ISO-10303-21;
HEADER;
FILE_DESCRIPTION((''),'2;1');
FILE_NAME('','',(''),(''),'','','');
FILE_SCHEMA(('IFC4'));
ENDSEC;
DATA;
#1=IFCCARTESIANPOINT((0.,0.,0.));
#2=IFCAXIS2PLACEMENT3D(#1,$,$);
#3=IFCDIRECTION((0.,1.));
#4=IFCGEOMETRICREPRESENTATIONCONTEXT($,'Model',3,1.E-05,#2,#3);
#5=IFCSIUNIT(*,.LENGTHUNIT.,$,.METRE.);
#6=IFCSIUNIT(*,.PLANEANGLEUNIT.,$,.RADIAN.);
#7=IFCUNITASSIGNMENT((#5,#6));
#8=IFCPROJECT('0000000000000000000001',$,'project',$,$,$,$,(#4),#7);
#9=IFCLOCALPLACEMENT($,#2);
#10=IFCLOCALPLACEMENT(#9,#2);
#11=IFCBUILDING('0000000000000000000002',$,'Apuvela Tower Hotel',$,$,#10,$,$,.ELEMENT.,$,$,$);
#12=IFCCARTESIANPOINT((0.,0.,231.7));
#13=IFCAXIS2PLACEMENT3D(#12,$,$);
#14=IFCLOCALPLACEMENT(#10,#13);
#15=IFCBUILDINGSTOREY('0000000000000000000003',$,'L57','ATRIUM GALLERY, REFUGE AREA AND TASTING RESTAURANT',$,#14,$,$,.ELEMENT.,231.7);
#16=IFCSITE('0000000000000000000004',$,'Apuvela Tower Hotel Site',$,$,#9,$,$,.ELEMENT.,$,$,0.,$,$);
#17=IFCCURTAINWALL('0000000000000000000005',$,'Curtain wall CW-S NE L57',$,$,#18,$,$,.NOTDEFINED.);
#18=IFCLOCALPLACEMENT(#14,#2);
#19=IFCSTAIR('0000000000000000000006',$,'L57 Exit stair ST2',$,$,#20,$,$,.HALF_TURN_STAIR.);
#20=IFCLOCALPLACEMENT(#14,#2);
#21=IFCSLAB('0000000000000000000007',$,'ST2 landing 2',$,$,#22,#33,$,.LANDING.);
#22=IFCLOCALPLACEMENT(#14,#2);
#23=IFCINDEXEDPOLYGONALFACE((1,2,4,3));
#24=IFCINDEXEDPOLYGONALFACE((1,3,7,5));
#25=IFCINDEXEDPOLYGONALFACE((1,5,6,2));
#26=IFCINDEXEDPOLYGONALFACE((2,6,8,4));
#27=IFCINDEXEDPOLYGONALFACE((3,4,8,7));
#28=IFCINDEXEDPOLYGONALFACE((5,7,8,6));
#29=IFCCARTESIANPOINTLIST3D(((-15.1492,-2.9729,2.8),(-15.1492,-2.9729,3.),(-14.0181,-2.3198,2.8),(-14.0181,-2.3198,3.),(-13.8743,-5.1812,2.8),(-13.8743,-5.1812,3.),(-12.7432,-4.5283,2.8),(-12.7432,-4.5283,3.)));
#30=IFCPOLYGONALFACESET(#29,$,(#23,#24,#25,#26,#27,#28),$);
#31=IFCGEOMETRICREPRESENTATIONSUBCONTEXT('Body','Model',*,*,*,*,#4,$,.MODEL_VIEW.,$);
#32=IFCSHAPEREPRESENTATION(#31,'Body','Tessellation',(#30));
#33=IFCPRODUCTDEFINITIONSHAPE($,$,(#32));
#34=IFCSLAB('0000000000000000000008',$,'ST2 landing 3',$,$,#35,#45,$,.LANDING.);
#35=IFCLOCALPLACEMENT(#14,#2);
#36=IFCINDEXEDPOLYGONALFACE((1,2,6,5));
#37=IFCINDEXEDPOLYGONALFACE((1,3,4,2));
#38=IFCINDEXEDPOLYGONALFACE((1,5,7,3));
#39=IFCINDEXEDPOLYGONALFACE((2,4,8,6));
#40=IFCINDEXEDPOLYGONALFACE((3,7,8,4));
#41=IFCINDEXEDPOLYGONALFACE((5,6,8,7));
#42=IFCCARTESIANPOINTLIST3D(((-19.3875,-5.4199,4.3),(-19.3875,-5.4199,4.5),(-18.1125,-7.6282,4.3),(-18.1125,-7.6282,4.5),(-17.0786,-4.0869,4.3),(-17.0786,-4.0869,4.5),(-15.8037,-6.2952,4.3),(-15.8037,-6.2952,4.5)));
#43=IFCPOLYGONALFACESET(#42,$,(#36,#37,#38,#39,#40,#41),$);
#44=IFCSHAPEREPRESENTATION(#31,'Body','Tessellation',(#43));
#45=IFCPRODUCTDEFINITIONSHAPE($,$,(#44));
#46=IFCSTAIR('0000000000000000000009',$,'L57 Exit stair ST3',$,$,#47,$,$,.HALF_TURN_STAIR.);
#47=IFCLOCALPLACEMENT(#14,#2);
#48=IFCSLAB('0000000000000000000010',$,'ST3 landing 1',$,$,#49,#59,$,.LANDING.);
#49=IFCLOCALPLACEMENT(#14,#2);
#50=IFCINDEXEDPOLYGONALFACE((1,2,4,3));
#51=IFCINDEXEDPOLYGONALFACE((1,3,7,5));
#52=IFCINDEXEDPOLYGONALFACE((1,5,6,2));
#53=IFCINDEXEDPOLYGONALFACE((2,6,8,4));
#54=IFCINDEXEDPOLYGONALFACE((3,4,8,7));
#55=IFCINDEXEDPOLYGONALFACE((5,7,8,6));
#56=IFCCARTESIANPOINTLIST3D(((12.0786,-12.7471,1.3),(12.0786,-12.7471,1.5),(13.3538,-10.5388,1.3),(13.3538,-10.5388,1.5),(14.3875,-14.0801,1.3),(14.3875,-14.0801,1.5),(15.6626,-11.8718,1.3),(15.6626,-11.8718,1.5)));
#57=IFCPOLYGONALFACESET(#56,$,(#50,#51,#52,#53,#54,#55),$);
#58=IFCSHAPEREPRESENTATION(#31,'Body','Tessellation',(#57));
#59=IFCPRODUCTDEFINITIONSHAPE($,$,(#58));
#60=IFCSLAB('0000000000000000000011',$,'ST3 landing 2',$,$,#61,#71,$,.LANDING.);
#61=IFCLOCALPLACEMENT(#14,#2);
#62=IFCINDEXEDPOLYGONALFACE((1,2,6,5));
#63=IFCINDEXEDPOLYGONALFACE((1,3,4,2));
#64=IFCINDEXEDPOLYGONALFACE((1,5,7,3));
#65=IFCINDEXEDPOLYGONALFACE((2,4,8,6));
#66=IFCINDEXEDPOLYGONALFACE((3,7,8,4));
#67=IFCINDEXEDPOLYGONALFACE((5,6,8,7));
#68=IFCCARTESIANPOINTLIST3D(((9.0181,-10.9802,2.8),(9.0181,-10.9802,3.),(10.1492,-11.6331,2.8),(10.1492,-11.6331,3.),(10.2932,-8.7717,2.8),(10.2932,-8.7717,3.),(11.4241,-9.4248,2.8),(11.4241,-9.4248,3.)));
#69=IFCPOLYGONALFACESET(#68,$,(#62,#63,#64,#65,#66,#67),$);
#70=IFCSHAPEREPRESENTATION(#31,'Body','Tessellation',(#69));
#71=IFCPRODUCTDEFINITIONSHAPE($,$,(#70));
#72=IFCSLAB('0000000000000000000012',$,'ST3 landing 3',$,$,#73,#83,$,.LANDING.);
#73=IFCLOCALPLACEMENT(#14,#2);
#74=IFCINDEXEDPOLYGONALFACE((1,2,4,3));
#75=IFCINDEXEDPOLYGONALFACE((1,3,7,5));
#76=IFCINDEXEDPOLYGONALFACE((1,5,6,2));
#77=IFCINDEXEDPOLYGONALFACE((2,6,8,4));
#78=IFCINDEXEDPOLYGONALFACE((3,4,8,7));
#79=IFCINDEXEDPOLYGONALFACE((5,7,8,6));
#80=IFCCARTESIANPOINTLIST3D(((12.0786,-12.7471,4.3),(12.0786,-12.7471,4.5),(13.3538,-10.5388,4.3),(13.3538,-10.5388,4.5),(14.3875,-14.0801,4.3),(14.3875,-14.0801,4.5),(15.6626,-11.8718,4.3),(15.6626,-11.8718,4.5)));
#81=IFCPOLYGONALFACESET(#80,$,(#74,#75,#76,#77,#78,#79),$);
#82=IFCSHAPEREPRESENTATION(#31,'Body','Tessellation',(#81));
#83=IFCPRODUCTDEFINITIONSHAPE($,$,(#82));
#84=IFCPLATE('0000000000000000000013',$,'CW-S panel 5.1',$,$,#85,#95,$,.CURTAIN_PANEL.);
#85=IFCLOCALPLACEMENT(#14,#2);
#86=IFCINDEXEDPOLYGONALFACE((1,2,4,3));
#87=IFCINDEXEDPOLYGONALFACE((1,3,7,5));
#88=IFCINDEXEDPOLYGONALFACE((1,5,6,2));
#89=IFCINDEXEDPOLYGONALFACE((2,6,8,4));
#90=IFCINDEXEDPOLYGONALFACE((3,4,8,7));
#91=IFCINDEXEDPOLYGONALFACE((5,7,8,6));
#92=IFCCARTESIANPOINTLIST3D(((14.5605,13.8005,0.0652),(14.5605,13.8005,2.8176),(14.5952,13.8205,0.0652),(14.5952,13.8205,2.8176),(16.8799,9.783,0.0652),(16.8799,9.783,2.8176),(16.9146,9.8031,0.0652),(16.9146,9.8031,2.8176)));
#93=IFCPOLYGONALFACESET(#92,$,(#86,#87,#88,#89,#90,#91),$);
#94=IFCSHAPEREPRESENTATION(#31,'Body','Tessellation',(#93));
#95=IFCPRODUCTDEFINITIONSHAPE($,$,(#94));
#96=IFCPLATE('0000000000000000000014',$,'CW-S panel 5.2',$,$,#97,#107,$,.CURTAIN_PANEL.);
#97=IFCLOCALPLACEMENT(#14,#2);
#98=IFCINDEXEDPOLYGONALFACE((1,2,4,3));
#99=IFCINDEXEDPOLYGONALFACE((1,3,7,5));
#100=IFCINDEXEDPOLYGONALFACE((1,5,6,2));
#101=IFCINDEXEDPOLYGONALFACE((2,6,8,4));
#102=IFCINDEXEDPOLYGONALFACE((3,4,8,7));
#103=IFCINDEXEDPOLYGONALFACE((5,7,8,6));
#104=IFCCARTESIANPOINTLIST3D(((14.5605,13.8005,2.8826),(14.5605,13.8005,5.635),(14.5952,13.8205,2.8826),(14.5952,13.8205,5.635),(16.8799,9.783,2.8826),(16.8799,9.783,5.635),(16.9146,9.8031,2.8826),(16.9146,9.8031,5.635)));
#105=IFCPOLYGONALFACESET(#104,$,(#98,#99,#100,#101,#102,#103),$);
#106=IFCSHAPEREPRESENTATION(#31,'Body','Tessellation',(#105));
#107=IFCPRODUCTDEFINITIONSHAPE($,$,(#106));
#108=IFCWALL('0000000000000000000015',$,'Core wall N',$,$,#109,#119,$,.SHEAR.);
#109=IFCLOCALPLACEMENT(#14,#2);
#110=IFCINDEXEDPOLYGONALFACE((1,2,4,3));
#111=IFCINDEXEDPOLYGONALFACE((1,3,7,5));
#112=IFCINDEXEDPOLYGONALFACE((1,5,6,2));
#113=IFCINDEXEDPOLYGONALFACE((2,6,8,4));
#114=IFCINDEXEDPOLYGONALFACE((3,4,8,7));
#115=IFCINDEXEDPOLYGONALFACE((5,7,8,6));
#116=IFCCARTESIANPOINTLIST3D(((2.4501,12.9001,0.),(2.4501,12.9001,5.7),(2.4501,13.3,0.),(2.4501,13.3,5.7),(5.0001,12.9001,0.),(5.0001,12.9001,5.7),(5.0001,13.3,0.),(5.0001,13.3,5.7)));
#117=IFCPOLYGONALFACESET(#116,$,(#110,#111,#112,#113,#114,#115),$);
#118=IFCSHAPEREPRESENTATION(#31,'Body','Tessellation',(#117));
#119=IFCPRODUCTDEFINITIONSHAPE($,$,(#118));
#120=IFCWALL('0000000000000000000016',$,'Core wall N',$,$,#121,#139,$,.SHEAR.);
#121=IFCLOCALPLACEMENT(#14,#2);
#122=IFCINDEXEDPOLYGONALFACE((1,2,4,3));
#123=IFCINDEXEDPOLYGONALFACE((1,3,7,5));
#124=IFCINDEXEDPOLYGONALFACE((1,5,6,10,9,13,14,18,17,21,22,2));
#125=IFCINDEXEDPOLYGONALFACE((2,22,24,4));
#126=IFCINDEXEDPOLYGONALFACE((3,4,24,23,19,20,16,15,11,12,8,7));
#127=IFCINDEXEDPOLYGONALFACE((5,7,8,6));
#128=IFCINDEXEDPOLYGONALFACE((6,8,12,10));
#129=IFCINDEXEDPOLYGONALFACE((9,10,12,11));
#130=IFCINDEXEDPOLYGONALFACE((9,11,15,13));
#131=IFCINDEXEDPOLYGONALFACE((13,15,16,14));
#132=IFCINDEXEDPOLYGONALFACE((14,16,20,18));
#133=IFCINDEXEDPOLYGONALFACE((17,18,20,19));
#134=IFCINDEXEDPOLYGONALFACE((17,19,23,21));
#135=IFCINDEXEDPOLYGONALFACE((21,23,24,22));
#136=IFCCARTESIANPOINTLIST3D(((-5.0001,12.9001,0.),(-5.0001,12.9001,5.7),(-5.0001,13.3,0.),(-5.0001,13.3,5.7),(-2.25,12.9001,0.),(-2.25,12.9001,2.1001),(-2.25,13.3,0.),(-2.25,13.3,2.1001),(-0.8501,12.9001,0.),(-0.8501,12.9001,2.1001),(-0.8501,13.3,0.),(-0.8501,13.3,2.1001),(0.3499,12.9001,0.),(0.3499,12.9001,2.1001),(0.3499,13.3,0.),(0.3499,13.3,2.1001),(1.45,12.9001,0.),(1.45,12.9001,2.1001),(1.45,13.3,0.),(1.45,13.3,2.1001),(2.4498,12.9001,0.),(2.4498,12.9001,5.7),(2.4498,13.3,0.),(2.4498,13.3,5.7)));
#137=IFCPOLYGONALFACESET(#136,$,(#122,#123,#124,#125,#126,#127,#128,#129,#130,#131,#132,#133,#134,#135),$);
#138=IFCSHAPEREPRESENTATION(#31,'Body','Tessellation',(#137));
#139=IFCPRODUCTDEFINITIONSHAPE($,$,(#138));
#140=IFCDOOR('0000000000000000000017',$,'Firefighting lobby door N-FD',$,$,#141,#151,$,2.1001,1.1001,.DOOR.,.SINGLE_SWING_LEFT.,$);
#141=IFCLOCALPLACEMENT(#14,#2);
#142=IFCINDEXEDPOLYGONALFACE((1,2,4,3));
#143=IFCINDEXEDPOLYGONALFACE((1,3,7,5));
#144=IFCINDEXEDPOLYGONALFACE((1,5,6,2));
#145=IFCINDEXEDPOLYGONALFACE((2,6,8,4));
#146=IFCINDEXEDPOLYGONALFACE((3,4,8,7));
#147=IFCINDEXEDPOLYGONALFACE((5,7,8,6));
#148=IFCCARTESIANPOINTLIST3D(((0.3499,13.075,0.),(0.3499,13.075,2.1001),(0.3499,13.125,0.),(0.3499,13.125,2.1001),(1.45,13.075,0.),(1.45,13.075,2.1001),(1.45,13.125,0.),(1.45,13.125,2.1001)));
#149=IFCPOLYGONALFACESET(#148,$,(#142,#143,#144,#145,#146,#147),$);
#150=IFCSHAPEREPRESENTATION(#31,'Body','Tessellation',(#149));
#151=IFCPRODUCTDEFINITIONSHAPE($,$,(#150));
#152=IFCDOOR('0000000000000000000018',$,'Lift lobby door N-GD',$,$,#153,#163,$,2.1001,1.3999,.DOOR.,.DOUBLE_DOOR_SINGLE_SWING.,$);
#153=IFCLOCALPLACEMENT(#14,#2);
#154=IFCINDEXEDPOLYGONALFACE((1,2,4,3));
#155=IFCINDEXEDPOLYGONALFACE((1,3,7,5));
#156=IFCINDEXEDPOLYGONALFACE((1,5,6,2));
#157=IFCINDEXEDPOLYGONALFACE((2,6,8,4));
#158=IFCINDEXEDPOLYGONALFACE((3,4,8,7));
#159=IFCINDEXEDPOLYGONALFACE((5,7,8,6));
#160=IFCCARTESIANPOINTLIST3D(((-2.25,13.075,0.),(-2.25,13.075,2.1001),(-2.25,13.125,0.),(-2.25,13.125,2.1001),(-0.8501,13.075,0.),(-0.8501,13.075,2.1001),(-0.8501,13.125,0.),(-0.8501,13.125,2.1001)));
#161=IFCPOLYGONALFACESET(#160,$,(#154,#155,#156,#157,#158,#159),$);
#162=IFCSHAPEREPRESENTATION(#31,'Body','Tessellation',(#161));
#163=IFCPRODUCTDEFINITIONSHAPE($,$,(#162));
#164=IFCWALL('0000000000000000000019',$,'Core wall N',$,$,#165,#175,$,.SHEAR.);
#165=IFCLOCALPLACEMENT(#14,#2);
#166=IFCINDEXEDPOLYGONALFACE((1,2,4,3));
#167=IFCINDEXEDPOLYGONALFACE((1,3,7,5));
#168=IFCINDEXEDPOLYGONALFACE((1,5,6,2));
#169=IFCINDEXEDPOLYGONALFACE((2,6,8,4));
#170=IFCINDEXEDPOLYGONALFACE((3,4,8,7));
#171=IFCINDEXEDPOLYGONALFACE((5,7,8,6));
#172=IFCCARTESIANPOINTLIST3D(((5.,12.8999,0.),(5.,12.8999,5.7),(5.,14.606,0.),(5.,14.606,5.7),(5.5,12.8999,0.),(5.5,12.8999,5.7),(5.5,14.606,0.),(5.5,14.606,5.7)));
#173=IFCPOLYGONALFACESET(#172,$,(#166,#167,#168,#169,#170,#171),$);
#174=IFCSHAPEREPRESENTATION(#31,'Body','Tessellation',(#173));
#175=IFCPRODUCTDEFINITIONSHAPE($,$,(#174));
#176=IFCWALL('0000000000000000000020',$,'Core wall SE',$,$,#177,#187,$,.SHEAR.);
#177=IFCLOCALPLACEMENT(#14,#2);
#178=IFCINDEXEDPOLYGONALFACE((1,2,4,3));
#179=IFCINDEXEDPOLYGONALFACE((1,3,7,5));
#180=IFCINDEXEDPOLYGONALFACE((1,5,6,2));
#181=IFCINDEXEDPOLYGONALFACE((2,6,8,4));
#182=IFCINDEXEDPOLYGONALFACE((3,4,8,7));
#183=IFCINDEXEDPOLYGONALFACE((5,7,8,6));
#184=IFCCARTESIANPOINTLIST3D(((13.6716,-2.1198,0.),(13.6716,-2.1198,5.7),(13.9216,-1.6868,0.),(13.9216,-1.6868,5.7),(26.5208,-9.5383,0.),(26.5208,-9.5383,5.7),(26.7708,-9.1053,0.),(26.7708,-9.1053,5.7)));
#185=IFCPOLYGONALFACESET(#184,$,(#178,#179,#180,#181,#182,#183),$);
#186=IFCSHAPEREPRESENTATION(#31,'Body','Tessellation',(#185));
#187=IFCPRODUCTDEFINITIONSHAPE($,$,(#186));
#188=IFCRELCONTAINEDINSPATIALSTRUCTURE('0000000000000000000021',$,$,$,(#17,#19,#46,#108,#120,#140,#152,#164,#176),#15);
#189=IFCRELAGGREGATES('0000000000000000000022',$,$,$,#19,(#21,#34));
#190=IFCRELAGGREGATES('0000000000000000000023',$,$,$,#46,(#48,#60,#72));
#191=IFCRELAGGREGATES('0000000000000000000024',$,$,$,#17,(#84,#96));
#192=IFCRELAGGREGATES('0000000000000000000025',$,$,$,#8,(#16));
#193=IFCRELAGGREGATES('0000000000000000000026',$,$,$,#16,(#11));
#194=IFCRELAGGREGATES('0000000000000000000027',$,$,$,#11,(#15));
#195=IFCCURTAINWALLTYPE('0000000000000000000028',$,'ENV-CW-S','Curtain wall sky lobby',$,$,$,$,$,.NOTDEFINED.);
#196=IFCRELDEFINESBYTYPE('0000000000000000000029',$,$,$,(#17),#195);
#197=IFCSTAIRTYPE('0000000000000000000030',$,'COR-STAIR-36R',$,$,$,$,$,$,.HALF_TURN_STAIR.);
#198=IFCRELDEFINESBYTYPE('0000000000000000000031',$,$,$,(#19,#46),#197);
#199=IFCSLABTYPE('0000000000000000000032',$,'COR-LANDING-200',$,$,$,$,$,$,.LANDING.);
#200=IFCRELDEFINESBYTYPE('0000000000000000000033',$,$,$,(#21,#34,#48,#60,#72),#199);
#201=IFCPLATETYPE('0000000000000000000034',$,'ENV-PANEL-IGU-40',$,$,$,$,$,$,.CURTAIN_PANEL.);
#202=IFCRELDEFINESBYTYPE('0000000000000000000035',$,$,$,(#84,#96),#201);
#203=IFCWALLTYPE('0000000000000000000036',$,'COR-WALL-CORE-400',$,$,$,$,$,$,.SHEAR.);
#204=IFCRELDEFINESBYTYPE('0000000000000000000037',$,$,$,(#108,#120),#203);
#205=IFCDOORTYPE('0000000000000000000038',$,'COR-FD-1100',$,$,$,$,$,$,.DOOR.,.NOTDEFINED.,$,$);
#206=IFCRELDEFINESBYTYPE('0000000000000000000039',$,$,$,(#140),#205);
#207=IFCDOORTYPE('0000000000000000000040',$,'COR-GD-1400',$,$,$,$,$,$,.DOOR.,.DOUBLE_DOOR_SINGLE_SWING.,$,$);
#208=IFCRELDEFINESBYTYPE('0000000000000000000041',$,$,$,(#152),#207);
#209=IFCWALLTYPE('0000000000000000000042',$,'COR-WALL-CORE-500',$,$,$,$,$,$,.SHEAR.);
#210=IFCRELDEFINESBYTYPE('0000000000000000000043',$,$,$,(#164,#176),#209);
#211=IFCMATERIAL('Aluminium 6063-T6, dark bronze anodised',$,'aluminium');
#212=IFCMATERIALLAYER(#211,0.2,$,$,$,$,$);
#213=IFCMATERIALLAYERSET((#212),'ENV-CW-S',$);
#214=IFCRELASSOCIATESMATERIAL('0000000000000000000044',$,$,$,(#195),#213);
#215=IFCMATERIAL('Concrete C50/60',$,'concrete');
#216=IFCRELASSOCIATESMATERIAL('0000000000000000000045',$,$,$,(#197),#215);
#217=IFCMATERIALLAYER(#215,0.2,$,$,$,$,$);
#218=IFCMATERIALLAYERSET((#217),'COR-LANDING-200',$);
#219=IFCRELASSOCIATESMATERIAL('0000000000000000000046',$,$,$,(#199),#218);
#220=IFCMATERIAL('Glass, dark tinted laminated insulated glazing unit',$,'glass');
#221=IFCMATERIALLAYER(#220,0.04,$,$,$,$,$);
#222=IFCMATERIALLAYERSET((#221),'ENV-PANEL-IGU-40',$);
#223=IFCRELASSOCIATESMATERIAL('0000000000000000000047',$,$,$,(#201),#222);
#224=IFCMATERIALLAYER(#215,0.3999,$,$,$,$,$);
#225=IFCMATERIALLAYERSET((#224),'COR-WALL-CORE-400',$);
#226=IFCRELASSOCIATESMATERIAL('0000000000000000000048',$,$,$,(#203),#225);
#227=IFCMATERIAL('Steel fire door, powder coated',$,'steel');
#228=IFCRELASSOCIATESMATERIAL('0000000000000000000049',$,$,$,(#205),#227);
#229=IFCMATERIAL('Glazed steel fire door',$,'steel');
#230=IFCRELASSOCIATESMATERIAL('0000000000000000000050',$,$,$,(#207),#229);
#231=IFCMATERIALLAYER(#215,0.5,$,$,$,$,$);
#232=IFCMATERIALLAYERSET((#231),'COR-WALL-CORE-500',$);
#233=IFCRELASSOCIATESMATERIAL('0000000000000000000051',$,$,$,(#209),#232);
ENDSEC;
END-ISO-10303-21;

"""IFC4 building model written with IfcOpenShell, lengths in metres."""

from ifc_helpers import new_model, si_unit, direction, frame, frame_2d, origin, origin_2d, place, context, subcontext, project, spatial, polyline, rectangle, outline, extrude, material, layer, layer_set, type_object, element, fill, aggregate, save


model = new_model("IFC4")

# Units and contexts
model_context = context("Model", 3, precision=1e-05, world=origin(), true_north=direction((0.0, 1.0)))
body_context = subcontext(model_context, "Body", "Model", "MODEL_VIEW")
ifc_project = project(units=[si_unit("LENGTHUNIT", "METRE"), si_unit("PLANEANGLEUNIT", "RADIAN")], contexts=[model_context])

# Site, building, storey
site_placement = place(None, origin())
site = spatial("IfcSite", under=ifc_project, at=site_placement, Name="Apuvela Tower Hotel Site", CompositionType="ELEMENT", RefElevation=0.0)
building_placement = place(site_placement, origin())
building = spatial("IfcBuilding", under=site, at=building_placement, Name="Apuvela Tower Hotel", CompositionType="ELEMENT")
storey_placement = place(building_placement, frame((0.0, 0.0, 231.7)))
storey = spatial("IfcBuildingStorey", under=building, at=storey_placement, Name="L57", Description="ATRIUM GALLERY, REFUGE AREA AND TASTING RESTAURANT", CompositionType="ELEMENT", Elevation=231.7)

# Curtain wall
ifc_material_1 = material(Name="Aluminium 6063-T6, dark bronze anodised", Category="aluminium")
ifc_layer_1 = layer(ifc_material_1, 0.2)
ifc_layer_set_1 = layer_set([ifc_layer_1], Name="ENV-CW-S")
curtain_wall_type = type_object("IfcCurtainWallType", Name="ENV-CW-S", Description="Curtain wall sky lobby", PredefinedType="NOTDEFINED", material=ifc_layer_set_1)
curtain_wall_placement = place(storey_placement, origin())
curtain_wall = element("IfcCurtainWall", 1, at=curtain_wall_placement, inside=storey, type_object=curtain_wall_type, Name="Curtain wall CW-S NE L57", PredefinedType="NOTDEFINED")

# Shared definitions
ifc_material_2 = material(Name="Concrete C50/60", Category="concrete")

# Stairs, slabs
stair_type = type_object("IfcStairType", Name="COR-STAIR-36R", PredefinedType="HALF_TURN_STAIR", material=ifc_material_2)
stair_1_placement = place(storey_placement, origin())
stair_1 = element("IfcStair", 2, at=stair_1_placement, inside=storey, type_object=stair_type, Name="L57 Exit stair ST2", PredefinedType="HALF_TURN_STAIR")
ifc_layer_2 = layer(ifc_material_2, 0.2)
ifc_layer_set_2 = layer_set([ifc_layer_2], Name="COR-LANDING-200")
slab_type_1 = type_object("IfcSlabType", Name="COR-LANDING-200", PredefinedType="LANDING", material=ifc_layer_set_2)
slab_1_placement = place(storey_placement, frame((0.0, 0.0, 2.8)))
slab_1 = element("IfcSlab", 3, at=slab_1_placement, type_object=slab_type_1, Name="ST2 landing 2", PredefinedType="LANDING", context=body_context, shape_type="SweptSolid", body=[
    extrude(outline(polyline([(-14.0181, -2.3198), (-15.1492, -2.9729), (-13.8743, -5.1812), (-12.7432, -4.5283), (-14.0181, -2.3198)])), origin(), (0.0, 0.0, 1.0), 0.2),
])
slab_2_placement = place(storey_placement, frame((0.0, 0.0, 4.3)))
slab_2 = element("IfcSlab", 4, at=slab_2_placement, type_object=slab_type_1, Name="ST2 landing 3", PredefinedType="LANDING", context=body_context, shape_type="SweptSolid", body=[
    extrude(outline(polyline([(-17.0786, -4.0869), (-19.3875, -5.4199), (-18.1125, -7.6282), (-15.8037, -6.2952), (-17.0786, -4.0869)])), origin(), (0.0, 0.0, 1.0), 0.2),
])
aggregate(stair_1, [slab_1, slab_2])
stair_2_placement = place(storey_placement, origin())
stair_2 = element("IfcStair", 5, at=stair_2_placement, inside=storey, type_object=stair_type, Name="L57 Exit stair ST3", PredefinedType="HALF_TURN_STAIR")
slab_3_placement = place(storey_placement, frame((0.0, 0.0, 1.3)))
slab_3 = element("IfcSlab", 6, at=slab_3_placement, type_object=slab_type_1, Name="ST3 landing 1", PredefinedType="LANDING", context=body_context, shape_type="SweptSolid", body=[
    extrude(outline(polyline([(12.0786, -12.7471), (14.3875, -14.0801), (15.6626, -11.8718), (13.3538, -10.5388), (12.0786, -12.7471)])), origin(), (0.0, 0.0, 1.0), 0.2),
])
slab_4_placement = place(storey_placement, frame((0.0, 0.0, 2.8)))
slab_4 = element("IfcSlab", 7, at=slab_4_placement, type_object=slab_type_1, Name="ST3 landing 2", PredefinedType="LANDING", context=body_context, shape_type="SweptSolid", body=[
    extrude(outline(polyline([(9.0181, -10.9802), (10.1492, -11.6331), (11.4241, -9.4248), (10.2932, -8.7717), (9.0181, -10.9802)])), origin(), (0.0, 0.0, 1.0), 0.2),
])
slab_5_placement = place(storey_placement, frame((0.0, 0.0, 4.3)))
slab_5 = element("IfcSlab", 8, at=slab_5_placement, type_object=slab_type_1, Name="ST3 landing 3", PredefinedType="LANDING", context=body_context, shape_type="SweptSolid", body=[
    extrude(outline(polyline([(12.0786, -12.7471), (14.3875, -14.0801), (15.6626, -11.8718), (13.3538, -10.5388), (12.0786, -12.7471)])), origin(), (0.0, 0.0, 1.0), 0.2),
])
aggregate(stair_2, [slab_3, slab_4, slab_5])

# Plates
ifc_material_3 = material(Name="Glass, dark tinted laminated insulated glazing unit", Category="glass")
ifc_layer_3 = layer(ifc_material_3, 0.04)
ifc_layer_set_3 = layer_set([ifc_layer_3], Name="ENV-PANEL-IGU-40")
plate_type = type_object("IfcPlateType", Name="ENV-PANEL-IGU-40", PredefinedType="CURTAIN_PANEL", material=ifc_layer_set_3)
plate_1_placement = place(storey_placement, frame((15.7375, 11.8018, 0.0652), z_axis=(0.0, 0.0, 1.0), x_axis=(-0.499999, 0.866026, 0.0)))
plate_1 = element("IfcPlate", 9, at=plate_1_placement, type_object=plate_type, Name="CW-S panel 5.1", PredefinedType="CURTAIN_PANEL", context=body_context, shape_type="SweptSolid", body=[
    extrude(rectangle(XDim=4.6389, YDim=0.04, at=origin_2d()), origin(), (0.0, 0.0, 1.0), 2.7524),
])
plate_2_placement = place(storey_placement, frame((15.7375, 11.8018, 2.8826), z_axis=(0.0, 0.0, 1.0), x_axis=(-0.499999, 0.866026, 0.0)))
plate_2 = element("IfcPlate", 10, at=plate_2_placement, type_object=plate_type, Name="CW-S panel 5.2", PredefinedType="CURTAIN_PANEL", context=body_context, shape_type="SweptSolid", body=[
    extrude(rectangle(XDim=4.6389, YDim=0.04, at=origin_2d()), origin(), (0.0, 0.0, 1.0), 2.7524),
])
aggregate(curtain_wall, [plate_1, plate_2])

# Wall
ifc_layer_4 = layer(ifc_material_2, 0.3999)
ifc_layer_set_4 = layer_set([ifc_layer_4], Name="COR-WALL-CORE-400")
wall_type_1 = type_object("IfcWallType", Name="COR-WALL-CORE-400", PredefinedType="SHEAR", material=ifc_layer_set_4)
wall_1_placement = place(storey_placement, frame((5.0, 13.1001, 0.0), z_axis=(0.0, 0.0, 1.0), x_axis=(-1.0, 0.0, 0.0)))
element("IfcWall", 11, at=wall_1_placement, inside=storey, type_object=wall_type_1, Name="Core wall N", PredefinedType="SHEAR", context=body_context, shape_type="SweptSolid", body=[
    extrude(rectangle(XDim=2.55, YDim=0.3999, at=frame_2d((1.2749, 0.0))), origin(), (0.0, 0.0, 1.0), 5.7),
])

# Wall, openings, doors
wall_2_placement = place(storey_placement, frame((2.45, 13.1001, 0.0), z_axis=(0.0, 0.0, 1.0), x_axis=(-1.0, 0.0, 0.0)))
wall_2 = element("IfcWall", 12, at=wall_2_placement, inside=storey, type_object=wall_type_1, Name="Core wall N", PredefinedType="SHEAR", context=body_context, shape_type="SweptSolid", body=[
    extrude(rectangle(XDim=7.45, YDim=0.3999, at=frame_2d((3.7251, 0.0))), origin(), (0.0, 0.0, 1.0), 5.7),
])
opening_1_placement = place(wall_2_placement, frame((1.0, 0.0, 0.0)))
opening_1 = element("IfcOpeningElement", 13, at=opening_1_placement, cuts=wall_2, PredefinedType="OPENING", context=body_context, shape_type="SweptSolid", body=[
    extrude(rectangle(XDim=1.1001, YDim=2.1001, at=frame_2d((0.55, 1.05))), frame((0.0, 0.21, 0.0), z_axis=(0.0, -1.0, 0.0), x_axis=(1.0, 0.0, 0.0)), (0.0, 0.0, 1.0), 0.4199),
])
opening_2_placement = place(wall_2_placement, frame((3.3, 0.0, 0.0)))
opening_2 = element("IfcOpeningElement", 14, at=opening_2_placement, cuts=wall_2, PredefinedType="OPENING", context=body_context, shape_type="SweptSolid", body=[
    extrude(rectangle(XDim=1.3999, YDim=2.1001, at=frame_2d((0.7, 1.05))), frame((0.0, 0.21, 0.0), z_axis=(0.0, -1.0, 0.0), x_axis=(1.0, 0.0, 0.0)), (0.0, 0.0, 1.0), 0.4199),
])
ifc_material_4 = material(Name="Steel fire door, powder coated", Category="steel")
door_type_1 = type_object("IfcDoorType", Name="COR-FD-1100", OperationType="NOTDEFINED", PredefinedType="DOOR", material=ifc_material_4)
door_1_placement = place(opening_1_placement, frame((1.1001, 0.0, 0.0), z_axis=(0.0, 0.0, 1.0), x_axis=(-1.0, 0.0, 0.0)))
door_1 = element("IfcDoor", 15, at=door_1_placement, inside=storey, type_object=door_type_1, Name="Firefighting lobby door N-FD", OperationType="SINGLE_SWING_LEFT", OverallHeight=2.1001, OverallWidth=1.1001, PredefinedType="DOOR", context=body_context, shape_type="SweptSolid", body=[
    extrude(rectangle(XDim=1.1001, YDim=2.1001, at=frame_2d((0.55, 1.05))), frame((0.0, 0.0249, 0.0), z_axis=(0.0, -1.0, 0.0), x_axis=(1.0, 0.0, 0.0)), (0.0, 0.0, 1.0), 0.05),
])
fill(opening_1, door_1)
ifc_material_5 = material(Name="Glazed steel fire door", Category="steel")
door_type_2 = type_object("IfcDoorType", Name="COR-GD-1400", OperationType="DOUBLE_DOOR_SINGLE_SWING", PredefinedType="DOOR", material=ifc_material_5)
door_2_placement = place(opening_2_placement, frame((1.3999, 0.0, 0.0), z_axis=(0.0, 0.0, 1.0), x_axis=(-1.0, 0.0, 0.0)))
door_2 = element("IfcDoor", 16, at=door_2_placement, inside=storey, type_object=door_type_2, Name="Lift lobby door N-GD", OperationType="DOUBLE_DOOR_SINGLE_SWING", OverallHeight=2.1001, OverallWidth=1.3999, PredefinedType="DOOR", context=body_context, shape_type="SweptSolid", body=[
    extrude(rectangle(XDim=1.3999, YDim=2.1001, at=frame_2d((0.7, 1.05))), frame((0.0, 0.0249, 0.0), z_axis=(0.0, -1.0, 0.0), x_axis=(1.0, 0.0, 0.0)), (0.0, 0.0, 1.0), 0.05),
])
fill(opening_2, door_2)

# Walls
ifc_layer_5 = layer(ifc_material_2, 0.5)
ifc_layer_set_5 = layer_set([ifc_layer_5], Name="COR-WALL-CORE-500")
wall_type_2 = type_object("IfcWallType", Name="COR-WALL-CORE-500", PredefinedType="SHEAR", material=ifc_layer_set_5)
wall_3_placement = place(storey_placement, frame((5.25, 12.8999, 0.0), z_axis=(0.0, 0.0, 1.0), x_axis=(0.0, 1.0, 0.0)))
element("IfcWall", 17, at=wall_3_placement, inside=storey, type_object=wall_type_2, Name="Core wall N", PredefinedType="SHEAR", context=body_context, shape_type="SweptSolid", body=[
    extrude(rectangle(XDim=1.7061, YDim=0.5, at=frame_2d((0.853, 0.0))), origin(), (0.0, 0.0, 1.0), 5.7),
])
wall_4_placement = place(storey_placement, frame((13.7966, -1.9033, 0.0), z_axis=(0.0, 0.0, 1.0), x_axis=(0.866025, -0.500001, 0.0)))
element("IfcWall", 18, at=wall_4_placement, inside=storey, type_object=wall_type_2, Name="Core wall SE", PredefinedType="SHEAR", context=body_context, shape_type="SweptSolid", body=[
    extrude(rectangle(XDim=14.8369, YDim=0.5, at=frame_2d((7.4185, 0.0))), origin(), (0.0, 0.0, 1.0), 5.7),
])

save(model, "model.ifc")
